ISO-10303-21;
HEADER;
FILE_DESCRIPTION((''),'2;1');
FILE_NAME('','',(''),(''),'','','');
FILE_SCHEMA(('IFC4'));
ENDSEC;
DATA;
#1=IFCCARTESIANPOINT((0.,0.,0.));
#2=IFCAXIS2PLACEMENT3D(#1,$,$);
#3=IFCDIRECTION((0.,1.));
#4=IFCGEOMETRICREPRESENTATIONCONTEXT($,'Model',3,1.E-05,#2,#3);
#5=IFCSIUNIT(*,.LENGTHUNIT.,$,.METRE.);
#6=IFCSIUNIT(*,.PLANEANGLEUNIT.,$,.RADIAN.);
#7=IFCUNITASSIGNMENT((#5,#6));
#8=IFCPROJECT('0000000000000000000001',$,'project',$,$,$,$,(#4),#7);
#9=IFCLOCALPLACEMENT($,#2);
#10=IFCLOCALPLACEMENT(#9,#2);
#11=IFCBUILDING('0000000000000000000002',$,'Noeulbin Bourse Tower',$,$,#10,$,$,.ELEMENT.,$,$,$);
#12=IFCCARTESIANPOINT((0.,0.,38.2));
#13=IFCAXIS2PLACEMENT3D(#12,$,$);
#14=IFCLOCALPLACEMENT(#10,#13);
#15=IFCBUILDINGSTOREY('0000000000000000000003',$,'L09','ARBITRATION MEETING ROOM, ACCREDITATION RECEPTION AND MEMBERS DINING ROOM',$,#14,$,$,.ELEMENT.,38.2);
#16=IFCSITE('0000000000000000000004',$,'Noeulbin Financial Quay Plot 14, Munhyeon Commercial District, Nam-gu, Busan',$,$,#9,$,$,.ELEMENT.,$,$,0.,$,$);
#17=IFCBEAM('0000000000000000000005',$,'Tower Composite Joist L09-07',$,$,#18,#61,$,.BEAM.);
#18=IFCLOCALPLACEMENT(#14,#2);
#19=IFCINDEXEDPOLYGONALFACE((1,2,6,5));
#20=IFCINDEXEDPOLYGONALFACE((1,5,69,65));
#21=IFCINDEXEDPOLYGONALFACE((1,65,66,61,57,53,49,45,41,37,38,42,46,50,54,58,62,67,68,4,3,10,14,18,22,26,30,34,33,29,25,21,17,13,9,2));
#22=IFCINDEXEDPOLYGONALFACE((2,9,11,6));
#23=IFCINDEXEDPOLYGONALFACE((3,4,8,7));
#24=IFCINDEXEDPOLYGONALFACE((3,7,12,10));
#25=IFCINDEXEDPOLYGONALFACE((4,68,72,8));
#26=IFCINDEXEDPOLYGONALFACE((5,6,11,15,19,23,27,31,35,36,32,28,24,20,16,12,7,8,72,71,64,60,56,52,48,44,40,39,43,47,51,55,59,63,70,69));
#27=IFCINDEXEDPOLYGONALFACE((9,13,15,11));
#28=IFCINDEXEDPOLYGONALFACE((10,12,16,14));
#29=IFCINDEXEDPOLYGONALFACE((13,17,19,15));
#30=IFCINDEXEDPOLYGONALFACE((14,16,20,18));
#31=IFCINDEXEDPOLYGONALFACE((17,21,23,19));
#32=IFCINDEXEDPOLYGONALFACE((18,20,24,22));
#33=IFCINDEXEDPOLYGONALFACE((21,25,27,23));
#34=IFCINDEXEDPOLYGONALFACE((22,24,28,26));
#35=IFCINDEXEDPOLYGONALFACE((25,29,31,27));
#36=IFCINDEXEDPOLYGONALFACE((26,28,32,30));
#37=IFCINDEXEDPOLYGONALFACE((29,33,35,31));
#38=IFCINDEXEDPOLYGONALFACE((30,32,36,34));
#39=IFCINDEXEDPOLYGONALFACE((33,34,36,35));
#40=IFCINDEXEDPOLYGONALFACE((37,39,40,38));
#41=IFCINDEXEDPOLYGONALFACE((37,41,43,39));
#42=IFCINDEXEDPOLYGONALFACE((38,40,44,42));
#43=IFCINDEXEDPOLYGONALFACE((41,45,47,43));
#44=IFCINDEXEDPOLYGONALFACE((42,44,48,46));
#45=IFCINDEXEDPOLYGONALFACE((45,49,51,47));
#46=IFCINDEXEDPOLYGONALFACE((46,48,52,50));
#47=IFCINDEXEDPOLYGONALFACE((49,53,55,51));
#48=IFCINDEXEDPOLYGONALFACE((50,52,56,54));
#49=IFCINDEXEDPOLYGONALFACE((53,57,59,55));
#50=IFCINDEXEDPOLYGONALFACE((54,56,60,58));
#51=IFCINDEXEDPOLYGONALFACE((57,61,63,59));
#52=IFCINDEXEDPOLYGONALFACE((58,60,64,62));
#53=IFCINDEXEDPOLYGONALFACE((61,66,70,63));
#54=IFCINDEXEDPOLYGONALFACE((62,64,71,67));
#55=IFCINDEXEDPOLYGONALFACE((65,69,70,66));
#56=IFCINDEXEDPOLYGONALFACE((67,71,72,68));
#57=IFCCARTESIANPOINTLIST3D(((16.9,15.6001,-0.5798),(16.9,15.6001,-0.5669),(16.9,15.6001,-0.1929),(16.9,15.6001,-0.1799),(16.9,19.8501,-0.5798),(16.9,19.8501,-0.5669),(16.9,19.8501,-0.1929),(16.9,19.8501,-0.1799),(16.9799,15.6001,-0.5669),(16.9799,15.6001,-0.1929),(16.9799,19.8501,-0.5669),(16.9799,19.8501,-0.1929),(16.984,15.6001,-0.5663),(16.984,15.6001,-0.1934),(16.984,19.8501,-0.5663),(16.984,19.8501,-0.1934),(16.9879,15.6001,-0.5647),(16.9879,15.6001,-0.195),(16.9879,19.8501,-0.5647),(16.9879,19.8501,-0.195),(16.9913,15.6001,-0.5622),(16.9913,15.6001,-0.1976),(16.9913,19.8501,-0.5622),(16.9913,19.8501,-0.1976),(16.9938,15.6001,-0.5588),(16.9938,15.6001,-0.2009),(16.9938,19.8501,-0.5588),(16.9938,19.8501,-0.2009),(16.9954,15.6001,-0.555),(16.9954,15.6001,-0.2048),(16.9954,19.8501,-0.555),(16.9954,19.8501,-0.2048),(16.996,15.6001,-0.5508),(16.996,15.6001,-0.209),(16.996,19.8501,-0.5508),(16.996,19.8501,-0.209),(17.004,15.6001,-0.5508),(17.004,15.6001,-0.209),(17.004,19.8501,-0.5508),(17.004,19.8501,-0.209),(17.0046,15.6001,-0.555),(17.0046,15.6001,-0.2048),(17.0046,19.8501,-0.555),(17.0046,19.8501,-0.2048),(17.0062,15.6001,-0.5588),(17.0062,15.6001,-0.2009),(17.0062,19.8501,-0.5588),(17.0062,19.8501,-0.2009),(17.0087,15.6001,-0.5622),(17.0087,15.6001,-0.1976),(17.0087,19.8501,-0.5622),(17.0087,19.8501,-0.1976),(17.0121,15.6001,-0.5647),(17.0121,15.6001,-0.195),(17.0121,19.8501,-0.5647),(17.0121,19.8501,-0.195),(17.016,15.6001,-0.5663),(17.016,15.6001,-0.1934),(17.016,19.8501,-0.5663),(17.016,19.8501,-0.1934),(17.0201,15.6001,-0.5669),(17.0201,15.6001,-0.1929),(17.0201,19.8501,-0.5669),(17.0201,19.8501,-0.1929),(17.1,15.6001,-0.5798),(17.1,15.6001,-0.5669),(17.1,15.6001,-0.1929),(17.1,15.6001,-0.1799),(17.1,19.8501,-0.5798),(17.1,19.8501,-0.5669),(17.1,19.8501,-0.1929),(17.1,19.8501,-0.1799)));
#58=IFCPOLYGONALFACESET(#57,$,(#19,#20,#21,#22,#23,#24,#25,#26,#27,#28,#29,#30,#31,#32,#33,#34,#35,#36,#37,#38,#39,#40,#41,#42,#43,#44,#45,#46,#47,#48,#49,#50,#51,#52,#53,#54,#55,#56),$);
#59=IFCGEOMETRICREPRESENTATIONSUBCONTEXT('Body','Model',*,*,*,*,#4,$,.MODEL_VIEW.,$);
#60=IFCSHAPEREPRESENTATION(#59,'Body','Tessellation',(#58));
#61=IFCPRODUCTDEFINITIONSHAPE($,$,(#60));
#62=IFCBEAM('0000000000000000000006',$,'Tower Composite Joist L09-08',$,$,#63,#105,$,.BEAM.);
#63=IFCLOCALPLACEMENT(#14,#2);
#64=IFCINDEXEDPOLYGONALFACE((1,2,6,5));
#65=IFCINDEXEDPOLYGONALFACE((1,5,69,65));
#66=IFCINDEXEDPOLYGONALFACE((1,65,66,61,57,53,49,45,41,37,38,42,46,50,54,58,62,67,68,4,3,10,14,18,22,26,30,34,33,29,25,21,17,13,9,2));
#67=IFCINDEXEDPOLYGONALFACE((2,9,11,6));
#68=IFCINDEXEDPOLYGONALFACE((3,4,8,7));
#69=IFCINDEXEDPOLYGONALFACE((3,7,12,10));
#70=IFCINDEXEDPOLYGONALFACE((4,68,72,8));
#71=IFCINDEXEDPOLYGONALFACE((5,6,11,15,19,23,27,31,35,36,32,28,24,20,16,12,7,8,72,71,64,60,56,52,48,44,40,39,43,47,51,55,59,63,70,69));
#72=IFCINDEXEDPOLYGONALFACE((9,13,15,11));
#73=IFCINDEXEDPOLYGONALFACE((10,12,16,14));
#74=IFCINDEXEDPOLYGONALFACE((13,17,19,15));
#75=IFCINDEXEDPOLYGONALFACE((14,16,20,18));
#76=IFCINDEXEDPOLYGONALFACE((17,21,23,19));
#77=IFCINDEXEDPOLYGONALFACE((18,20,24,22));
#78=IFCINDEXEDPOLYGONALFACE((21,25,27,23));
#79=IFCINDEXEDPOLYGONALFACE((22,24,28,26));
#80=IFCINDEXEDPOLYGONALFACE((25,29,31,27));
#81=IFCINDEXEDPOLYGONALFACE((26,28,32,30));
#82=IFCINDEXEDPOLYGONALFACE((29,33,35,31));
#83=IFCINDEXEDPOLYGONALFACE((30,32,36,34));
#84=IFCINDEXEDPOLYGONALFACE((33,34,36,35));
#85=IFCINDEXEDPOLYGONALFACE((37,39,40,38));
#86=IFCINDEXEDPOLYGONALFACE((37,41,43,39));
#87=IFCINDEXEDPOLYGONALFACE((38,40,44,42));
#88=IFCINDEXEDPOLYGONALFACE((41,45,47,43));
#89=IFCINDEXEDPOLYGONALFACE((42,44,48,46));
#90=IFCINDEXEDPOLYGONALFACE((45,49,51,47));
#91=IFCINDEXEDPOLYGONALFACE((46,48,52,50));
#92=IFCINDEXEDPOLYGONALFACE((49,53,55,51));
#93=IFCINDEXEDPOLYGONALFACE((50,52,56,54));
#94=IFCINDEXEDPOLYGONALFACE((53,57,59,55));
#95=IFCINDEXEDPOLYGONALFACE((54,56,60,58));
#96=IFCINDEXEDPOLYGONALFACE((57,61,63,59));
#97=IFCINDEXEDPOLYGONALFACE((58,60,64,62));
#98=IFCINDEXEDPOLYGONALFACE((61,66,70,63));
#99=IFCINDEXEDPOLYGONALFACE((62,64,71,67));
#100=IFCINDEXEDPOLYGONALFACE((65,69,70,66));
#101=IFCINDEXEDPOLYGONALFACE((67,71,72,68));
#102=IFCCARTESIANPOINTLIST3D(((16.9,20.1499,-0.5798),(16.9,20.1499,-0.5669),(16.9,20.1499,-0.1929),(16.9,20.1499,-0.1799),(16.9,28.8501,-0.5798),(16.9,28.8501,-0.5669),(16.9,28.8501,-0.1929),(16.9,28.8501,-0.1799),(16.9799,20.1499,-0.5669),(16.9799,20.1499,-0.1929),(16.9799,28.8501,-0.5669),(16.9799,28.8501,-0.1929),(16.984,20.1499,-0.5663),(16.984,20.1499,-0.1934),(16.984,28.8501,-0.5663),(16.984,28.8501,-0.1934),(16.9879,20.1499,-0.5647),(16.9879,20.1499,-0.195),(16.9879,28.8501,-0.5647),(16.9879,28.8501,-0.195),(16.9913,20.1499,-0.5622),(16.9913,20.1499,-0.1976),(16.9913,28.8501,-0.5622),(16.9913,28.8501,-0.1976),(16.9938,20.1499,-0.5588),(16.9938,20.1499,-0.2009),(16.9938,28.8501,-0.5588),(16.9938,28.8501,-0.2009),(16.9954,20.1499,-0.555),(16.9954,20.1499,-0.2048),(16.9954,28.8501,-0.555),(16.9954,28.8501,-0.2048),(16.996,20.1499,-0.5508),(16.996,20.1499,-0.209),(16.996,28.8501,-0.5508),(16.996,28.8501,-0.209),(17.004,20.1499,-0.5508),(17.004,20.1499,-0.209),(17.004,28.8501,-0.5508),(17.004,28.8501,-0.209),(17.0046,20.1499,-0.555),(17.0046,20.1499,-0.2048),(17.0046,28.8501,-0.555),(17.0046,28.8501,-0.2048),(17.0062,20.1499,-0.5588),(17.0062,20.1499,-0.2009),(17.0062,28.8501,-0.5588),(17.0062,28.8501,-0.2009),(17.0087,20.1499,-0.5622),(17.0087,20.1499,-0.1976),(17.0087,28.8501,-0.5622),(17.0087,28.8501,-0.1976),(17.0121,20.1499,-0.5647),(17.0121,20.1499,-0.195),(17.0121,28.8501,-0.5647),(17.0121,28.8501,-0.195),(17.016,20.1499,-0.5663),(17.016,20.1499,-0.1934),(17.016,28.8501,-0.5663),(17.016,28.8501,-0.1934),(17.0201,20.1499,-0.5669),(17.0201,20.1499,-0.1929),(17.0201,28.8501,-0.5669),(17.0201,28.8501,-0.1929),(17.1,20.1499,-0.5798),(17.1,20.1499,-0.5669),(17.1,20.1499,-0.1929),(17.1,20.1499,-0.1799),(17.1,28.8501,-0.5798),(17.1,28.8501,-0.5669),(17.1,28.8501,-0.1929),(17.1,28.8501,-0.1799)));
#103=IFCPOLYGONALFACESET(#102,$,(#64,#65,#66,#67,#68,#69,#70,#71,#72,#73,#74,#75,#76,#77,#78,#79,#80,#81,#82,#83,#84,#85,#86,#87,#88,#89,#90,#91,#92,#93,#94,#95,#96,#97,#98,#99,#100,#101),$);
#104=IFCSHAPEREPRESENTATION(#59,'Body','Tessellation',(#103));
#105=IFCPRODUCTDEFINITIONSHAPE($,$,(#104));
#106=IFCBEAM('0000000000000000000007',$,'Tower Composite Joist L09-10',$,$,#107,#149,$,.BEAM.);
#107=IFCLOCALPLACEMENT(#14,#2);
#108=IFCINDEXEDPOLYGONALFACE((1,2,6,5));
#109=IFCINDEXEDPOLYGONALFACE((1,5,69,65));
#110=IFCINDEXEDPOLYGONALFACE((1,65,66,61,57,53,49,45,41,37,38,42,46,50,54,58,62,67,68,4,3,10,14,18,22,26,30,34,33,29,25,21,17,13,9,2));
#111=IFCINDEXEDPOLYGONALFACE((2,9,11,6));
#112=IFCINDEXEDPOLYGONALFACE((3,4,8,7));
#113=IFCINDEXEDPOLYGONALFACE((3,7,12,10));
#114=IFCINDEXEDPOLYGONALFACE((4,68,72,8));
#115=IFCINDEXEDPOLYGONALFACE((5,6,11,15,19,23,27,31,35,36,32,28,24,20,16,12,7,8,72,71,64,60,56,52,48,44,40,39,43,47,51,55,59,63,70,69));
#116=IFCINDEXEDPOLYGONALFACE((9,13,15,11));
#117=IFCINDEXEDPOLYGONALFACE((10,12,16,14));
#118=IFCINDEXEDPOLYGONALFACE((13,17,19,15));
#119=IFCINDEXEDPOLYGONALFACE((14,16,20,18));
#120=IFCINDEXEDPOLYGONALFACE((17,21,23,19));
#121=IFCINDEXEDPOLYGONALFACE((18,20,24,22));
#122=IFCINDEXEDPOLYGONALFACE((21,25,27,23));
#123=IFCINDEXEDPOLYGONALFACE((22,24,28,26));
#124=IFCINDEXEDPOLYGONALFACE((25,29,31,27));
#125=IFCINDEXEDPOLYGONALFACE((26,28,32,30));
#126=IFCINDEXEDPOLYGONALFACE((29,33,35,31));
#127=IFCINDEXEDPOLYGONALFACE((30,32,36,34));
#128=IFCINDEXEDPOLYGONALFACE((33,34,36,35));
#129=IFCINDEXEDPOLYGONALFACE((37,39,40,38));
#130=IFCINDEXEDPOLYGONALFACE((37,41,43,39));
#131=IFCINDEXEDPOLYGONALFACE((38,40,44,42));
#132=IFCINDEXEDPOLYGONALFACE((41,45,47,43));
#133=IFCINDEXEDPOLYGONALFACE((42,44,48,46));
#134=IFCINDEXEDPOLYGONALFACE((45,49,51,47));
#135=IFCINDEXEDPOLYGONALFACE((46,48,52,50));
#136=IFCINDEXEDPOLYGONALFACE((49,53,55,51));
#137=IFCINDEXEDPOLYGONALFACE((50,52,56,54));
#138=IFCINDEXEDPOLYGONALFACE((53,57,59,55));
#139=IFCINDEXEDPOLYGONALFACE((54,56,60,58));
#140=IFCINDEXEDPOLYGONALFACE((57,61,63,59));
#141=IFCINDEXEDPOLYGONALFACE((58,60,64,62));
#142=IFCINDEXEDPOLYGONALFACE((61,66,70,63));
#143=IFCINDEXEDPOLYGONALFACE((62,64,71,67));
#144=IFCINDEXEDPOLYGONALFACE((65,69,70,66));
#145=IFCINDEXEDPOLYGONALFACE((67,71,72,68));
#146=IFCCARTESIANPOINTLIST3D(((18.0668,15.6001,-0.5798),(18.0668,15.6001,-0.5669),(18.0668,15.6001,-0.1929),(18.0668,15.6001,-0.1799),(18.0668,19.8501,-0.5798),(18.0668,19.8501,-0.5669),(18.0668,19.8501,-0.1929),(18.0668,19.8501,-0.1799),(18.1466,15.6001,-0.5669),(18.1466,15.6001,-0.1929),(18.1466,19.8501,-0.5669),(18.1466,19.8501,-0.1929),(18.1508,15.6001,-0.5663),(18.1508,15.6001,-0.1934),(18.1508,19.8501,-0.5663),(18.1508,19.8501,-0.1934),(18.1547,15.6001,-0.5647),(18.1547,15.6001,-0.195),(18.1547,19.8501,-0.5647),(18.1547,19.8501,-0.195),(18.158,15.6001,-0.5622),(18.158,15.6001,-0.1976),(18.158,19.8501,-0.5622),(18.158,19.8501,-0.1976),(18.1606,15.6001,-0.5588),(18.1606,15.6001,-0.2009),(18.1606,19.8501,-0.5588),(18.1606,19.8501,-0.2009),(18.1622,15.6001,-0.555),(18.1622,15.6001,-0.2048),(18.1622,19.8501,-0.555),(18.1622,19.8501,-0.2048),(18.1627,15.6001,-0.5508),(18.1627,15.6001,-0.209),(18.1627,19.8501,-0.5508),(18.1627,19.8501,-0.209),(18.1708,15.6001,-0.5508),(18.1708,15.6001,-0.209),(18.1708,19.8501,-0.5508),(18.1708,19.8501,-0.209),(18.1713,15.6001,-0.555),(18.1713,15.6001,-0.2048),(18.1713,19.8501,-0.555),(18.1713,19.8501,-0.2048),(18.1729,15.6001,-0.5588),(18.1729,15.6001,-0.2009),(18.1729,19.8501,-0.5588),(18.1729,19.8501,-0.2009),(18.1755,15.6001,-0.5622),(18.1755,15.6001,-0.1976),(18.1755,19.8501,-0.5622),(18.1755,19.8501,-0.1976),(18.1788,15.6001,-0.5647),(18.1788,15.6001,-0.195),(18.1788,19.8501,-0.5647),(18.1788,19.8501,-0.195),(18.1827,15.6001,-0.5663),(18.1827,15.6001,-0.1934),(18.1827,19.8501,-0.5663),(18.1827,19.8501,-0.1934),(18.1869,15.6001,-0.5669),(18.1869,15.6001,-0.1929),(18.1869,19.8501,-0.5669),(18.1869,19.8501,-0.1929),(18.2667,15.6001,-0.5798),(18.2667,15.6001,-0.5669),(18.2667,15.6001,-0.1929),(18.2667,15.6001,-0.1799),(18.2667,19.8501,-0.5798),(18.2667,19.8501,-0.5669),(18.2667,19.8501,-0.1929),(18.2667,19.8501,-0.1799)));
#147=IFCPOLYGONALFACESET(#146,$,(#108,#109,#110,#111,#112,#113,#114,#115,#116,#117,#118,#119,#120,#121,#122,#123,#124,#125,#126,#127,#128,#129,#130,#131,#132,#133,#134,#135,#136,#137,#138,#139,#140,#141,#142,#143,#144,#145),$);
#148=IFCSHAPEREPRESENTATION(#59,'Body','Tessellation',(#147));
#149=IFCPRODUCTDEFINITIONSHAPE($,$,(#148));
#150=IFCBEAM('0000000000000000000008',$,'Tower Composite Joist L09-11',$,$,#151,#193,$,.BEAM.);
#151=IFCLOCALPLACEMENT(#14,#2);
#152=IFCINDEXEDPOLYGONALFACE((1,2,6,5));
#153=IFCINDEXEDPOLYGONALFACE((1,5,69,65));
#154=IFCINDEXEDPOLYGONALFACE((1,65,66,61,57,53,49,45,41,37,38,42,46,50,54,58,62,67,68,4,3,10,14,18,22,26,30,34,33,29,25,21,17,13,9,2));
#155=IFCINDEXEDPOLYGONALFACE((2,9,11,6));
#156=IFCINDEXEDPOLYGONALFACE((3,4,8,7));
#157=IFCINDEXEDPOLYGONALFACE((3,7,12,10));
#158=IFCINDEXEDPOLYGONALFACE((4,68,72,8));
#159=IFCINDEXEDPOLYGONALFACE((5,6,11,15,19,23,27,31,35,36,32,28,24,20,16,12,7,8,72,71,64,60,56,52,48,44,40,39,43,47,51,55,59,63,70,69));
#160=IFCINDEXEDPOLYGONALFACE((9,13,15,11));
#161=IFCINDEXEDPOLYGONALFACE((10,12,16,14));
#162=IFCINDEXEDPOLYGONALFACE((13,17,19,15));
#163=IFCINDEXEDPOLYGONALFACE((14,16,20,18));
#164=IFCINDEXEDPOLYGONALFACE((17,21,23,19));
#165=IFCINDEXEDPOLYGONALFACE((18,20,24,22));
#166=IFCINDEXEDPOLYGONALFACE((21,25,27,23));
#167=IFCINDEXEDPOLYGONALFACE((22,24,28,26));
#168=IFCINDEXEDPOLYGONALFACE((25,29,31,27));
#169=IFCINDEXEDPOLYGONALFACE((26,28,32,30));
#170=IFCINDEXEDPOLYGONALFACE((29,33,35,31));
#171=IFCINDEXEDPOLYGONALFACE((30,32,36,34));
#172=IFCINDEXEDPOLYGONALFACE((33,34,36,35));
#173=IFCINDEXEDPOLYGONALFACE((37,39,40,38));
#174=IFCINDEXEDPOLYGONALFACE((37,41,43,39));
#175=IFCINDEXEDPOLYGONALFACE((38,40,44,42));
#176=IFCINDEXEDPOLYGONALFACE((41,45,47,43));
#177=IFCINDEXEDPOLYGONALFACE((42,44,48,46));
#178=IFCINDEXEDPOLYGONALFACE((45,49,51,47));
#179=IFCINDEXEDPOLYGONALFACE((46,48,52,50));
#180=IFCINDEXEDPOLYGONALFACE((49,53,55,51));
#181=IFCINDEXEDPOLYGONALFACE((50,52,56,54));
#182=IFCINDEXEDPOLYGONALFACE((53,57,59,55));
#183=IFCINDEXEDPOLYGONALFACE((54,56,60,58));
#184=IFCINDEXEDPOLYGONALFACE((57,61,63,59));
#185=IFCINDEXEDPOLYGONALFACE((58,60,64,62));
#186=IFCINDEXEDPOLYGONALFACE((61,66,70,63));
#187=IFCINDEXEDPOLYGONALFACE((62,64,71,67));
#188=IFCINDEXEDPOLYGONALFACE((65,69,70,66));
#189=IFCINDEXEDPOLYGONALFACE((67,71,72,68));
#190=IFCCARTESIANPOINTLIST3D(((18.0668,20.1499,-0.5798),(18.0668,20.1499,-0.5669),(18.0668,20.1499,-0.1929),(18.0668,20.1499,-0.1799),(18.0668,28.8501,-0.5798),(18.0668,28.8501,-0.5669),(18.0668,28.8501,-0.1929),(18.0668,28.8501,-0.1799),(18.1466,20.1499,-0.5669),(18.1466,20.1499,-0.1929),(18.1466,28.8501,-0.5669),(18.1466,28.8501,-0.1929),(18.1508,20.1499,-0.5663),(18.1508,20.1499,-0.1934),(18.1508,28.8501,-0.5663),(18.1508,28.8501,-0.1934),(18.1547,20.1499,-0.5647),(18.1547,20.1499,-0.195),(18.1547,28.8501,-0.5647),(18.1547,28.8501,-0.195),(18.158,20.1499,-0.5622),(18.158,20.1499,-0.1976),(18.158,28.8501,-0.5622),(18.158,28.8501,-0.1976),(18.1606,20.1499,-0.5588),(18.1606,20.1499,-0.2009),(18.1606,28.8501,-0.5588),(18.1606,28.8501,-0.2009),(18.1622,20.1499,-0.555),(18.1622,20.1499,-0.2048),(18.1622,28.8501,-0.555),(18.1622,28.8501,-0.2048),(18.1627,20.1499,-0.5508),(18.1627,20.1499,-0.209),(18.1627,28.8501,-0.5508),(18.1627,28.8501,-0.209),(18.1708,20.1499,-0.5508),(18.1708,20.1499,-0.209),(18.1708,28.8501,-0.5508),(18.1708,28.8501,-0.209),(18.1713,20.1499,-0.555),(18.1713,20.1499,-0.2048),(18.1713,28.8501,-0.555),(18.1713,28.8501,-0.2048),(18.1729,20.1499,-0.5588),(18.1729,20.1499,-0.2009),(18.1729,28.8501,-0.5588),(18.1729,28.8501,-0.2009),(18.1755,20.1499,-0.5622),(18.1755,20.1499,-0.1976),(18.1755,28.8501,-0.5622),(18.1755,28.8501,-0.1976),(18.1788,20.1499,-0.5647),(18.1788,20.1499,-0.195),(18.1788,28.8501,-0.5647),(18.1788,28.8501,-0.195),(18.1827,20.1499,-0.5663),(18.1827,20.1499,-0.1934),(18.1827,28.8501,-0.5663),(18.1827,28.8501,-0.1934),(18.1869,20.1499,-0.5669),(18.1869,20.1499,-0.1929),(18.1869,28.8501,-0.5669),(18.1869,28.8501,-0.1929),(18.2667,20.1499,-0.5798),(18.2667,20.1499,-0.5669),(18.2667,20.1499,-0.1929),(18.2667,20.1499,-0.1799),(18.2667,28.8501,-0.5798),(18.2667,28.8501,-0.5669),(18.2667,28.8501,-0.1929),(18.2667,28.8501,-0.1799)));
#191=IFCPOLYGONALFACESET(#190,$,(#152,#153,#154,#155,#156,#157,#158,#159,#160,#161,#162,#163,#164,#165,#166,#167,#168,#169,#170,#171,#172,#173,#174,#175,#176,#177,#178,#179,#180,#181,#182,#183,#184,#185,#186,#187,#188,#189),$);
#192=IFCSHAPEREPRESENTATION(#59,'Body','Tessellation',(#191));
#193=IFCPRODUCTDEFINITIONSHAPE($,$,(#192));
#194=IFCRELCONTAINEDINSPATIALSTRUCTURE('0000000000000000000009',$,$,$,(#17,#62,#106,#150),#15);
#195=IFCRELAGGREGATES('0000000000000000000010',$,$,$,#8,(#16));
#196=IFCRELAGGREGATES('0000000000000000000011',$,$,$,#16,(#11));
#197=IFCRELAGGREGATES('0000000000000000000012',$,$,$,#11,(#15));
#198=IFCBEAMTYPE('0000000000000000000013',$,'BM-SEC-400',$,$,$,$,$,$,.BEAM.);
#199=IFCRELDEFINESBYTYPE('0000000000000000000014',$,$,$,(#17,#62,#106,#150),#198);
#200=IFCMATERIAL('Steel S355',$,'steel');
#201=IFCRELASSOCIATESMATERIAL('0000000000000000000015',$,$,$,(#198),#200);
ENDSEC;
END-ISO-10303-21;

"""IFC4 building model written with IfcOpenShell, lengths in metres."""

from ifc_helpers import new_model, si_unit, direction, frame, origin, origin_2d, place, context, subcontext, project, spatial, i_section, extrude, material, material_profile, profile_set, type_object, element, save


model = new_model("IFC4")

# Units and contexts
model_context = context("Model", 3, precision=1e-05, world=origin(), true_north=direction((0.0, 1.0)))
body_context = subcontext(model_context, "Body", "Model", "MODEL_VIEW")
ifc_project = project(units=[si_unit("LENGTHUNIT", "METRE"), si_unit("PLANEANGLEUNIT", "RADIAN")], contexts=[model_context])

# Site, building, storey
site_placement = place(None, origin())
site = spatial("IfcSite", under=ifc_project, at=site_placement, Name="Noeulbin Financial Quay Plot 14, Munhyeon Commercial District, Nam-gu, Busan", CompositionType="ELEMENT", RefElevation=0.0)
building_placement = place(site_placement, origin())
building = spatial("IfcBuilding", under=site, at=building_placement, Name="Noeulbin Bourse Tower", CompositionType="ELEMENT")
storey_placement = place(building_placement, frame((0.0, 0.0, 38.2)))
storey = spatial("IfcBuildingStorey", under=building, at=storey_placement, Name="L09", Description="ARBITRATION MEETING ROOM, ACCREDITATION RECEPTION AND MEMBERS DINING ROOM", CompositionType="ELEMENT", Elevation=38.2)

# Beams
ifc_material_1 = material(Name="Steel S355", Category="steel")
ifc_material_profile_1 = material_profile(ifc_material_1, i_section(OverallWidth=0.2, OverallDepth=0.3999, WebThickness=0.0081, FlangeThickness=0.0129, FilletRadius=0.0161, at=origin_2d()), Name="H-400x200x8x13", Category="LoadBearing")
ifc_profile_set_1 = profile_set([ifc_material_profile_1], Name="Steel S355")
beam_type = type_object("IfcBeamType", Name="BM-SEC-400", PredefinedType="BEAM", material=ifc_profile_set_1)
beam_1_placement = place(storey_placement, frame((17.0, 15.6001, -0.3799), z_axis=(0.0, 1.0, 0.0), x_axis=(-1.0, 0.0, 0.0)))
element("IfcBeam", 1, at=beam_1_placement, inside=storey, type_object=beam_type, Name="Tower Composite Joist L09-07", PredefinedType="BEAM", context=body_context, shape_type="SweptSolid", body=[
    extrude(i_section(OverallWidth=0.2, OverallDepth=0.3999, WebThickness=0.0081, FlangeThickness=0.0129, FilletRadius=0.0161, at=origin_2d()), origin(), (0.0, 0.0, 1.0), 4.25),
])
beam_2_placement = place(storey_placement, frame((17.0, 20.1499, -0.3799), z_axis=(0.0, 1.0, 0.0), x_axis=(-1.0, 0.0, 0.0)))
element("IfcBeam", 2, at=beam_2_placement, inside=storey, type_object=beam_type, Name="Tower Composite Joist L09-08", PredefinedType="BEAM", context=body_context, shape_type="SweptSolid", body=[
    extrude(i_section(OverallWidth=0.2, OverallDepth=0.3999, WebThickness=0.0081, FlangeThickness=0.0129, FilletRadius=0.0161, at=origin_2d()), origin(), (0.0, 0.0, 1.0), 8.7002),
])
beam_3_placement = place(storey_placement, frame((18.1667, 15.6001, -0.3799), z_axis=(0.0, 1.0, 0.0), x_axis=(-1.0, 0.0, 0.0)))
element("IfcBeam", 3, at=beam_3_placement, inside=storey, type_object=beam_type, Name="Tower Composite Joist L09-10", PredefinedType="BEAM", context=body_context, shape_type="SweptSolid", body=[
    extrude(i_section(OverallWidth=0.2, OverallDepth=0.3999, WebThickness=0.0081, FlangeThickness=0.0129, FilletRadius=0.0161, at=origin_2d()), origin(), (0.0, 0.0, 1.0), 4.25),
])
beam_4_placement = place(storey_placement, frame((18.1667, 20.1499, -0.3799), z_axis=(0.0, 1.0, 0.0), x_axis=(-1.0, 0.0, 0.0)))
element("IfcBeam", 4, at=beam_4_placement, inside=storey, type_object=beam_type, Name="Tower Composite Joist L09-11", PredefinedType="BEAM", context=body_context, shape_type="SweptSolid", body=[
    extrude(i_section(OverallWidth=0.2, OverallDepth=0.3999, WebThickness=0.0081, FlangeThickness=0.0129, FilletRadius=0.0161, at=origin_2d()), origin(), (0.0, 0.0, 1.0), 8.7002),
])

save(model, "model.ifc")
